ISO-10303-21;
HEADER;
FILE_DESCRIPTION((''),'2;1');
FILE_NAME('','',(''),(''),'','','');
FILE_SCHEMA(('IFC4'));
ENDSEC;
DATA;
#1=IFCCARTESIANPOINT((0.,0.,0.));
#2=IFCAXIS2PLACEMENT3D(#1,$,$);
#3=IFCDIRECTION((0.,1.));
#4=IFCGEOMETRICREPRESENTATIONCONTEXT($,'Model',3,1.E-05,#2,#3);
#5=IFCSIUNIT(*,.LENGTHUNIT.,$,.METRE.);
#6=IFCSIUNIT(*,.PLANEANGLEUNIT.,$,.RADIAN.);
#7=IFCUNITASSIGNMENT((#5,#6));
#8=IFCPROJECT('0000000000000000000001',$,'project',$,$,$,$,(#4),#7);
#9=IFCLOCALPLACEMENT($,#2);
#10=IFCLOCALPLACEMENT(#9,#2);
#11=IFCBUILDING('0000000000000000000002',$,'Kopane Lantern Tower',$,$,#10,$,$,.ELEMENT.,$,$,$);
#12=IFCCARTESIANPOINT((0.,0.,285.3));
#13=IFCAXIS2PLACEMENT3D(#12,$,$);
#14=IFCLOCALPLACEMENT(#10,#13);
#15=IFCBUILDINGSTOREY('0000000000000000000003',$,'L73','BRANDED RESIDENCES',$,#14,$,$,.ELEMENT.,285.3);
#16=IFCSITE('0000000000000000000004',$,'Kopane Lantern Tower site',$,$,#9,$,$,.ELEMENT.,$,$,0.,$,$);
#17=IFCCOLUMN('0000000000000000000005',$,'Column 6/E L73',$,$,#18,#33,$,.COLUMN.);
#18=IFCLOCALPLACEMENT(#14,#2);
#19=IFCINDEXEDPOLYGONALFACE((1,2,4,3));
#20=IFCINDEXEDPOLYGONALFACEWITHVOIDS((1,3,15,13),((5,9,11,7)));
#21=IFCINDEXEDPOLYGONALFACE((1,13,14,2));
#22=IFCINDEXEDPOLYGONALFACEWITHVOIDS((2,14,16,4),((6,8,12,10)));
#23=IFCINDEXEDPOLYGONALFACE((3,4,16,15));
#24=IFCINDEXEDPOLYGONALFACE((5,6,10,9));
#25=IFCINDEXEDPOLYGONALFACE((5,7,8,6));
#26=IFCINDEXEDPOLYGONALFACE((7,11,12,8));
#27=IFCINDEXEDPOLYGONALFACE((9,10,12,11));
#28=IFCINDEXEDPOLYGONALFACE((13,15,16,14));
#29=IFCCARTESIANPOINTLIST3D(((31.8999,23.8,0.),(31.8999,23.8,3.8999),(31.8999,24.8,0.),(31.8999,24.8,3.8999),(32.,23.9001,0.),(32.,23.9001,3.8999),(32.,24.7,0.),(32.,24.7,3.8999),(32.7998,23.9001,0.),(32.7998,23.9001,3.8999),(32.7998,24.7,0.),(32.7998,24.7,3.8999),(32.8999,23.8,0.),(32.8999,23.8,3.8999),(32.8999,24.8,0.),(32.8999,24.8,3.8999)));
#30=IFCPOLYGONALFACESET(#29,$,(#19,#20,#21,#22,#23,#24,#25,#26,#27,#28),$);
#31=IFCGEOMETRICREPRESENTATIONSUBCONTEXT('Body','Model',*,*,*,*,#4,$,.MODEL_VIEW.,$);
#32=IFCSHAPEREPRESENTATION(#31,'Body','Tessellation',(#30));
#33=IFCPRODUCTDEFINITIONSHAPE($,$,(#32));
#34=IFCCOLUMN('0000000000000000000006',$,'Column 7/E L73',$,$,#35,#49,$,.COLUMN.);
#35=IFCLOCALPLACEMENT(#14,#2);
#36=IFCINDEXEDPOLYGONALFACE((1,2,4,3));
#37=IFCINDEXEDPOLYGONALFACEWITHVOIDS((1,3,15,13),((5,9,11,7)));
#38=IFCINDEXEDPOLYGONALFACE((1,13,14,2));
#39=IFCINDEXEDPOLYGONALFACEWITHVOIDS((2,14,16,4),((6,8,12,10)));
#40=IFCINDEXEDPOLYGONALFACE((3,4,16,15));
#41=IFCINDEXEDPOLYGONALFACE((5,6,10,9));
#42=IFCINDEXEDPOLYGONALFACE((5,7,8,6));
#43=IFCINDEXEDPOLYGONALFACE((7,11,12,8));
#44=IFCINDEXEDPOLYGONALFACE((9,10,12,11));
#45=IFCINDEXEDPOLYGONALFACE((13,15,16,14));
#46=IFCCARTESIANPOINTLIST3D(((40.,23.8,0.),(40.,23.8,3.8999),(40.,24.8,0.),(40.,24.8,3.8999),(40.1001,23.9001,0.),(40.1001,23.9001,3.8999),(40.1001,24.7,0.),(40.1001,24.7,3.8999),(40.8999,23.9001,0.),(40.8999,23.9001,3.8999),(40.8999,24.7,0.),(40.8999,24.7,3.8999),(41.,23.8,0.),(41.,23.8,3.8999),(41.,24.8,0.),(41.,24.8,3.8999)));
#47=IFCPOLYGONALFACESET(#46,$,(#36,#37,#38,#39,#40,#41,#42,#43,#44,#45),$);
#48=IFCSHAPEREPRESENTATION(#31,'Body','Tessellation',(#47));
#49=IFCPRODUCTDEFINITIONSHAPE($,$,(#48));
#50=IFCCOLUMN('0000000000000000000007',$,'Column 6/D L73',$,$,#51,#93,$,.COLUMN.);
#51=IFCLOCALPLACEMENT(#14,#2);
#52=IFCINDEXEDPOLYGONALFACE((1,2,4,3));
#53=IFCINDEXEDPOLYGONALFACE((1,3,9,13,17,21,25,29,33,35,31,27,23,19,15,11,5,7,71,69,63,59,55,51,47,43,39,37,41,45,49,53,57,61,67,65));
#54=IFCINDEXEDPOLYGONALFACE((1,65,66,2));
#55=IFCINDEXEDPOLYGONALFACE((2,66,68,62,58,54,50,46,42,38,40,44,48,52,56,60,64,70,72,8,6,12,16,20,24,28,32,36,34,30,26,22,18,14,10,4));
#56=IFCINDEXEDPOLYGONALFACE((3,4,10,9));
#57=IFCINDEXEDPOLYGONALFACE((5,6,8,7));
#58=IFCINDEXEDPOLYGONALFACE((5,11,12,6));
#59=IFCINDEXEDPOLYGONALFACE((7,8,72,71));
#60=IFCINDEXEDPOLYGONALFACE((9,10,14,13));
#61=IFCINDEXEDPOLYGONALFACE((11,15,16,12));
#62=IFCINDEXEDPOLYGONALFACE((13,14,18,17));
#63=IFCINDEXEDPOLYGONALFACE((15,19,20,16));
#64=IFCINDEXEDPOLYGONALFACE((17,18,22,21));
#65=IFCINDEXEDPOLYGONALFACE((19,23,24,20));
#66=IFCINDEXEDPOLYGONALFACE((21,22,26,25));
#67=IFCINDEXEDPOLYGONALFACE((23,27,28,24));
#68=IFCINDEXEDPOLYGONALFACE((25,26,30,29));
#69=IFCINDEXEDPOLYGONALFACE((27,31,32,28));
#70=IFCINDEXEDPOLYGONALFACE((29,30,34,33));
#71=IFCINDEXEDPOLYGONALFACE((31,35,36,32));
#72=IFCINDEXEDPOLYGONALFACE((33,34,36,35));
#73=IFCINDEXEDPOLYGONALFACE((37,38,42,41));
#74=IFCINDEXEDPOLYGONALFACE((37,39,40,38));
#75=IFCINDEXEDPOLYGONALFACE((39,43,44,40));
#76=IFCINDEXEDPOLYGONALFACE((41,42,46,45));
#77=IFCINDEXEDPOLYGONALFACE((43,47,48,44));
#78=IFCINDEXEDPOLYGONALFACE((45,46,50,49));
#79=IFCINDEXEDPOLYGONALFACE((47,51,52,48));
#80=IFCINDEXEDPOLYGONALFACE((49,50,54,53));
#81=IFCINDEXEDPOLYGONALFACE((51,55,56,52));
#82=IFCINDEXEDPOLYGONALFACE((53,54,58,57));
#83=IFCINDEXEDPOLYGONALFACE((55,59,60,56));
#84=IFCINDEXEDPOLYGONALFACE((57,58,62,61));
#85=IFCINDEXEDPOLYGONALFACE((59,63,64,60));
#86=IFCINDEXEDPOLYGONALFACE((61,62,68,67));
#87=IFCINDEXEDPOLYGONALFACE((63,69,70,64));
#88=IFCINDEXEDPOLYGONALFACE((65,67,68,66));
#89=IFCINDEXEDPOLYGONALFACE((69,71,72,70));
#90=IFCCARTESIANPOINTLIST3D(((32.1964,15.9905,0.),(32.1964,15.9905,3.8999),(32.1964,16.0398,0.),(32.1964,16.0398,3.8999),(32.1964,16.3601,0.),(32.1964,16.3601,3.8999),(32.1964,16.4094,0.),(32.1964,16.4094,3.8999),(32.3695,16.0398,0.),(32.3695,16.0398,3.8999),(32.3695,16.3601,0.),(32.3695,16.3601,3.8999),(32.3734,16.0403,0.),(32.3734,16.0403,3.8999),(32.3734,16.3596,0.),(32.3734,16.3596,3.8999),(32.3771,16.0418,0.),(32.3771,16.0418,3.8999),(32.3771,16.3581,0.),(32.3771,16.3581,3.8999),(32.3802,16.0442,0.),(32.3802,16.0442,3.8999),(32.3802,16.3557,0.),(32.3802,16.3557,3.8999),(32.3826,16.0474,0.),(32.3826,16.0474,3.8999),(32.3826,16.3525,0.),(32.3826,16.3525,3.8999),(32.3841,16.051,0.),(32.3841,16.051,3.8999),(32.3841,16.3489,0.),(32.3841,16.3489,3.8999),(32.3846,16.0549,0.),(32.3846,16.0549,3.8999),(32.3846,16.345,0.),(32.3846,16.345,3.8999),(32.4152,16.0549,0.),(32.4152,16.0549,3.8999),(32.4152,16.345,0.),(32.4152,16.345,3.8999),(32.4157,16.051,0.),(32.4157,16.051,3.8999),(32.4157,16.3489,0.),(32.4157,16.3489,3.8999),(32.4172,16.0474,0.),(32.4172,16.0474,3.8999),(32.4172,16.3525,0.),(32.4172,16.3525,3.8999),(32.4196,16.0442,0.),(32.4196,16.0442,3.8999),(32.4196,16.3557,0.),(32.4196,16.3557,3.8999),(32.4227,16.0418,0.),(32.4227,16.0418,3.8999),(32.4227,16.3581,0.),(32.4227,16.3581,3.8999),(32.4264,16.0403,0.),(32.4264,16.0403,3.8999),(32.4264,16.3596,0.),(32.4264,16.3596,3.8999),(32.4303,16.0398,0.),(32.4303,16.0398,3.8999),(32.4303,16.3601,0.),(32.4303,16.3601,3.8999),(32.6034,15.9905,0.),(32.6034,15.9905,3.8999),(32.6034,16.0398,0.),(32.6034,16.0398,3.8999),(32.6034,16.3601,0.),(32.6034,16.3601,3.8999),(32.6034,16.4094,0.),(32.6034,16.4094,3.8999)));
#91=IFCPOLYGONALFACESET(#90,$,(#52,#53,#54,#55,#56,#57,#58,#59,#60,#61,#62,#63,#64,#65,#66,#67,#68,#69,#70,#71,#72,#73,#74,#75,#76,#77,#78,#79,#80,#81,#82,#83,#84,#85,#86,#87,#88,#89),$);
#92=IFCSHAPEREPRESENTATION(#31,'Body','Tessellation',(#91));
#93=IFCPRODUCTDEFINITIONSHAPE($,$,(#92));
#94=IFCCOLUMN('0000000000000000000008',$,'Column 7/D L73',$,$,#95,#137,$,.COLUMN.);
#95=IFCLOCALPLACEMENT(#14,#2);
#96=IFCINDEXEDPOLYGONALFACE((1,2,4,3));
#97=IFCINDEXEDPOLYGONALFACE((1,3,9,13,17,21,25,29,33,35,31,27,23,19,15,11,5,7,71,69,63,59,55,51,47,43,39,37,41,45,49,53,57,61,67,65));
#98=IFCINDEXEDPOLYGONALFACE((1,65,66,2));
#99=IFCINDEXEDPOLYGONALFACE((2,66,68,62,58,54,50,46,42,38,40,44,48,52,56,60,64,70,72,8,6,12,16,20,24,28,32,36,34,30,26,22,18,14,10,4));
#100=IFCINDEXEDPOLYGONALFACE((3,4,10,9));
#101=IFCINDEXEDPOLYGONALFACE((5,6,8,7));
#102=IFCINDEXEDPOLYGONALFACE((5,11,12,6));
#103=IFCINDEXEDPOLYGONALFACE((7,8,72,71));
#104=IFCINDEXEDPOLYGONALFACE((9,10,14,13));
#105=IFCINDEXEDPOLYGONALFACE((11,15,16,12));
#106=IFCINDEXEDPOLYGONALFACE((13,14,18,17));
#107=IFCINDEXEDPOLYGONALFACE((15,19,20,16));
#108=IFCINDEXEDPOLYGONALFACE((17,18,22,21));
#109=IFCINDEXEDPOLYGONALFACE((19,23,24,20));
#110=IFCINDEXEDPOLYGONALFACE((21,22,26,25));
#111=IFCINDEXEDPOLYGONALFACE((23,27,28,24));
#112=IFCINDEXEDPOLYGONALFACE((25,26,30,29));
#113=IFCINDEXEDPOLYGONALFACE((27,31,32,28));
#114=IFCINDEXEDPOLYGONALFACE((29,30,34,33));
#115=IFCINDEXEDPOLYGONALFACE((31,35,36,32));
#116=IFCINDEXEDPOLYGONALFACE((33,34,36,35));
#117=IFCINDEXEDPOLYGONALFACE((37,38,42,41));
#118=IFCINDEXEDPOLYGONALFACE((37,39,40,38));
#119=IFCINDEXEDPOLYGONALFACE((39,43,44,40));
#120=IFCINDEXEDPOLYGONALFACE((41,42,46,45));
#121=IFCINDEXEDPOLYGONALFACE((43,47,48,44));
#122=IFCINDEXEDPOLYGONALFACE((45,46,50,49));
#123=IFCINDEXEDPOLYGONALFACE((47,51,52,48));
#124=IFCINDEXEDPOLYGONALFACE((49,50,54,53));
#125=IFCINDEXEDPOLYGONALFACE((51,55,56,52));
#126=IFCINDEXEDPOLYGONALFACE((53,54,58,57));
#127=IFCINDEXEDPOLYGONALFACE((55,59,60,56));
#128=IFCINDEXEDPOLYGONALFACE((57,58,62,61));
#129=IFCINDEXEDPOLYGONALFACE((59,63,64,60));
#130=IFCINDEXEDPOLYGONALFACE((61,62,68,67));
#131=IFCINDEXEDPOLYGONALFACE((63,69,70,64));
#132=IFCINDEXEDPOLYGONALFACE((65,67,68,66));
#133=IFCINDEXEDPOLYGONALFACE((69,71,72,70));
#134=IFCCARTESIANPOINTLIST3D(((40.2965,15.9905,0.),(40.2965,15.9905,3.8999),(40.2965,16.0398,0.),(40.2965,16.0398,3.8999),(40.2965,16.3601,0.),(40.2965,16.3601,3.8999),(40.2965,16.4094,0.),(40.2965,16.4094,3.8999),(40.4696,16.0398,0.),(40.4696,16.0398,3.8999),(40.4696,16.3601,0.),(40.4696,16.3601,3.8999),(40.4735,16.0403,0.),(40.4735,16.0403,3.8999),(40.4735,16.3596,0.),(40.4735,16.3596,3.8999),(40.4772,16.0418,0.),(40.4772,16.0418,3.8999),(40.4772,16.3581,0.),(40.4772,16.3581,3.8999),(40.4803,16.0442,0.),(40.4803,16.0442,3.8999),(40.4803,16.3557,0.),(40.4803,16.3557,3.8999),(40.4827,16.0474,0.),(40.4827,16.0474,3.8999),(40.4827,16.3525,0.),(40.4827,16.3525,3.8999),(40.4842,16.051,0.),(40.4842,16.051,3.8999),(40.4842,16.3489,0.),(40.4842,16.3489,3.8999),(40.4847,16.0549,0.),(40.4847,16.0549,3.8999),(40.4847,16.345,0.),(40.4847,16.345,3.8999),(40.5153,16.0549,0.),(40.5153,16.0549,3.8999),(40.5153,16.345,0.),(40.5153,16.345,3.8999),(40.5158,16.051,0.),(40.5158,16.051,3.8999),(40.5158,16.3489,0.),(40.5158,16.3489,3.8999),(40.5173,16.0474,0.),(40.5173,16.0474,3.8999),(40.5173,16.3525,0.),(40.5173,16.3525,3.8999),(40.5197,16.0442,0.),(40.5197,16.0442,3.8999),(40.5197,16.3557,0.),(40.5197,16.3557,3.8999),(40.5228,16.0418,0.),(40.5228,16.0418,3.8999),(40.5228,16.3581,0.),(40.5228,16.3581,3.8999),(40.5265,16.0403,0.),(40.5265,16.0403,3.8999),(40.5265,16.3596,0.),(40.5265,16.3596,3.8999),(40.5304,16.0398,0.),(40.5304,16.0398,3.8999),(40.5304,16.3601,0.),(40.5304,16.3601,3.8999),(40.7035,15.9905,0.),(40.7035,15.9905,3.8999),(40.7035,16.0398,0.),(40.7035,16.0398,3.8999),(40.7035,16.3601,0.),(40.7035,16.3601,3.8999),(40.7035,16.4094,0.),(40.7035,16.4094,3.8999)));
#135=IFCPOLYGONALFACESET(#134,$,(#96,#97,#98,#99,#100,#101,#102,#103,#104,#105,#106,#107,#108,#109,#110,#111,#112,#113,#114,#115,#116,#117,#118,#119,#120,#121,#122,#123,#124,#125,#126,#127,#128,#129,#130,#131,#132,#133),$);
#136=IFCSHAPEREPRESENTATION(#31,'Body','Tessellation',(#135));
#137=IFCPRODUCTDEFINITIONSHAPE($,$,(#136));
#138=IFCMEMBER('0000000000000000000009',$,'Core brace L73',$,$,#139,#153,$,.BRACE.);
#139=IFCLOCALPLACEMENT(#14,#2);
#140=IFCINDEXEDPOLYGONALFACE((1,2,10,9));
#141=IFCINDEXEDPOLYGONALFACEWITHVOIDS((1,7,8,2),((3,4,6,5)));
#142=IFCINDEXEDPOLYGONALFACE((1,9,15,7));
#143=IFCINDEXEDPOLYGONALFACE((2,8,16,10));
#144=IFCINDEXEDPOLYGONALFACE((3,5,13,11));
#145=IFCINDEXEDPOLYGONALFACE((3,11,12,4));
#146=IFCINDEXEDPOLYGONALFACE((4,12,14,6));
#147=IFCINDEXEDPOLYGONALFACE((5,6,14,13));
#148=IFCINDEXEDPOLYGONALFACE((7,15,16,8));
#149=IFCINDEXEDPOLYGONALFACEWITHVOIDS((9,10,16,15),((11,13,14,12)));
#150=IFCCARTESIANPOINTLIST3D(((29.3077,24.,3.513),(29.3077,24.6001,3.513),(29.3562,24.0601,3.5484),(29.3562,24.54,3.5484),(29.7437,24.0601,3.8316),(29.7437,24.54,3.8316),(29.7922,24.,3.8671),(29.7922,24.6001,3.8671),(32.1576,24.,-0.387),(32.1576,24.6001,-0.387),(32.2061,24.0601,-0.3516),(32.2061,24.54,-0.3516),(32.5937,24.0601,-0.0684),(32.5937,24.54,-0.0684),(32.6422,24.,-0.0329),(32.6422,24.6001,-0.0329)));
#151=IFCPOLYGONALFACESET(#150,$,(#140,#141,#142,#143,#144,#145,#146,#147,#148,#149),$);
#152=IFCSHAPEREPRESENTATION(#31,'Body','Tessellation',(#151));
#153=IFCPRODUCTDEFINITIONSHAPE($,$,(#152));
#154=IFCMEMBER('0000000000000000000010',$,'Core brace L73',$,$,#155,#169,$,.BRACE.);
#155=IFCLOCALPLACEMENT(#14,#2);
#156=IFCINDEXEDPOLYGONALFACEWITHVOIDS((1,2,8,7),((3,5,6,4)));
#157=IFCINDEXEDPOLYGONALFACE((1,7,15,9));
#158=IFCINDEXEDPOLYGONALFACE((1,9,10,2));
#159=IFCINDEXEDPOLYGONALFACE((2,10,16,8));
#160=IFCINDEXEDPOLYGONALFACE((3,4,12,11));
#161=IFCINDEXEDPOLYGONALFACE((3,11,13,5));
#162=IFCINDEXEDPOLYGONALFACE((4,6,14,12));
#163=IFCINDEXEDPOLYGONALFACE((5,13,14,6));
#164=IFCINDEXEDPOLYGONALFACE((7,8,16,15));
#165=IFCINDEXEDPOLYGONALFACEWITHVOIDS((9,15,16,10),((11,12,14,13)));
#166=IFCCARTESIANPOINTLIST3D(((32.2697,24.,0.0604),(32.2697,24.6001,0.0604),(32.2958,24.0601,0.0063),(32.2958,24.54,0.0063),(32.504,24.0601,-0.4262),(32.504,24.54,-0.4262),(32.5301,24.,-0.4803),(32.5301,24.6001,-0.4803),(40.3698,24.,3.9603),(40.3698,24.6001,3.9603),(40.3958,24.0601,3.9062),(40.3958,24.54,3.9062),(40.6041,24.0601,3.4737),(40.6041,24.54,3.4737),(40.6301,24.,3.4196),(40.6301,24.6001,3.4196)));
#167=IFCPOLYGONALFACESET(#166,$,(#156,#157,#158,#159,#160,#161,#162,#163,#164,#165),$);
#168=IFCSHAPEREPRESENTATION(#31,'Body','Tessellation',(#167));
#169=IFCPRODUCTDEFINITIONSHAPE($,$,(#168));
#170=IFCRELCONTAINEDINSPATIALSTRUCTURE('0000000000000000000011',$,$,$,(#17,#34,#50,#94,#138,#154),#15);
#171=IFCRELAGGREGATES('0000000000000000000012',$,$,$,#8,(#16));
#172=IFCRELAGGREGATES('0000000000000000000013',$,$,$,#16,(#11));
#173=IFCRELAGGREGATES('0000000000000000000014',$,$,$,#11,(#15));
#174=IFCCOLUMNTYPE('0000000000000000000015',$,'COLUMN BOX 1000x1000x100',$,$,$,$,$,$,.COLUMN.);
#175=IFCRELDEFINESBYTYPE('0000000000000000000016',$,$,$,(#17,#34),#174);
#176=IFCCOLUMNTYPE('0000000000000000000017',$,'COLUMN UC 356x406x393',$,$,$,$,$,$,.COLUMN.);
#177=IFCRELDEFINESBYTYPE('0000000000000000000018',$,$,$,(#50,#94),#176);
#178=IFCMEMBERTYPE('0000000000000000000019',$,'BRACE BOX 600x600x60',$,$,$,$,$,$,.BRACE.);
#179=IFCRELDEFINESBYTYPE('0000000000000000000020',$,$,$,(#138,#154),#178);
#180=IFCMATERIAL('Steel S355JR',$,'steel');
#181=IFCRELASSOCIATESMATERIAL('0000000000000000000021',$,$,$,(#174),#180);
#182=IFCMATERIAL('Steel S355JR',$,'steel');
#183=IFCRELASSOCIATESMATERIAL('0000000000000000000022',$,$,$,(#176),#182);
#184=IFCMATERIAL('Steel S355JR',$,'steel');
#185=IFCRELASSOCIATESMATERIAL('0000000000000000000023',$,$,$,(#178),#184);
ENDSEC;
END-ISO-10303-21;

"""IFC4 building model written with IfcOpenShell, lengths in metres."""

from ifc_helpers import new_model, si_unit, direction, frame, origin, origin_2d, place, context, subcontext, project, spatial, hollow_rectangle, i_section, extrude, material, material_profile, profile_set, type_object, element, save


model = new_model("IFC4")

# Units and contexts
model_context = context("Model", 3, precision=1e-05, world=origin(), true_north=direction((0.0, 1.0)))
body_context = subcontext(model_context, "Body", "Model", "MODEL_VIEW")
ifc_project = project(units=[si_unit("LENGTHUNIT", "METRE"), si_unit("PLANEANGLEUNIT", "RADIAN")], contexts=[model_context])

# Site, building, storey
site_placement = place(None, origin())
site = spatial("IfcSite", under=ifc_project, at=site_placement, Name="Kopane Lantern Tower site", CompositionType="ELEMENT", RefElevation=0.0)
building_placement = place(site_placement, origin())
building = spatial("IfcBuilding", under=site, at=building_placement, Name="Kopane Lantern Tower", CompositionType="ELEMENT")
storey_placement = place(building_placement, frame((0.0, 0.0, 285.3)))
storey = spatial("IfcBuildingStorey", under=building, at=storey_placement, Name="L73", Description="BRANDED RESIDENCES", CompositionType="ELEMENT", Elevation=285.3)

# Columns
ifc_material_1 = material(Name="Steel S355JR", Category="steel")
ifc_material_profile_1 = material_profile(ifc_material_1, hollow_rectangle(XDim=1.0, YDim=1.0, WallThickness=0.1001, at=origin_2d()), Name="BOX 1000x1000x100")
ifc_profile_set_1 = profile_set([ifc_material_profile_1], Name="Steel S355JR")
column_type_1 = type_object("IfcColumnType", Name="COLUMN BOX 1000x1000x100", PredefinedType="COLUMN", material=ifc_profile_set_1)
for number, where, z_axis, x_axis, name in (
    (1, (32.3999, 24.3, 0.0), (0.0, 0.0, 1.0), (1.0, 0.0, 0.0), "Column 6/E L73"),
    (2, (40.5, 24.3, 0.0), (0.0, 0.0, 1.0), (1.0, 0.0, 0.0), "Column 7/E L73"),
):
    element("IfcColumn", number, at=place(storey_placement, frame(where, z_axis=z_axis, x_axis=x_axis)), inside=storey, type_object=column_type_1, Name=name, PredefinedType="COLUMN", context=body_context, shape_type="SweptSolid", body=[
        extrude(hollow_rectangle(XDim=1.0, YDim=1.0, WallThickness=0.1001, at=origin_2d()), origin(), (0.0, 0.0, 1.0), 3.8999),
    ])
ifc_material_2 = material(Name="Steel S355JR", Category="steel")
ifc_material_profile_2 = material_profile(ifc_material_2, i_section(OverallWidth=0.407, OverallDepth=0.4189, WebThickness=0.0305, FlangeThickness=0.0493, FilletRadius=0.0151, at=origin_2d()), Name="UC 356x406x393")
ifc_profile_set_2 = profile_set([ifc_material_profile_2], Name="Steel S355JR")
column_type_2 = type_object("IfcColumnType", Name="COLUMN UC 356x406x393", PredefinedType="COLUMN", material=ifc_profile_set_2)
for number, where, z_axis, x_axis, name in (
    (3, (32.3999, 16.2, 0.0), (0.0, 0.0, 1.0), (1.0, 0.0, 0.0), "Column 6/D L73"),
    (4, (40.5, 16.2, 0.0), (0.0, 0.0, 1.0), (1.0, 0.0, 0.0), "Column 7/D L73"),
):
    element("IfcColumn", number, at=place(storey_placement, frame(where, z_axis=z_axis, x_axis=x_axis)), inside=storey, type_object=column_type_2, Name=name, PredefinedType="COLUMN", context=body_context, shape_type="SweptSolid", body=[
        extrude(i_section(OverallWidth=0.407, OverallDepth=0.4189, WebThickness=0.0305, FlangeThickness=0.0493, FilletRadius=0.0151, at=origin_2d()), origin(), (0.0, 0.0, 1.0), 3.8999),
    ])

# Members
ifc_material_3 = material(Name="Steel S355JR", Category="steel")
ifc_material_profile_3 = material_profile(ifc_material_3, hollow_rectangle(XDim=0.6001, YDim=0.6001, WallThickness=0.0601, at=origin_2d()), Name="BOX 600x600x60")
ifc_profile_set_3 = profile_set([ifc_material_profile_3], Name="Steel S355JR")
member_type = type_object("IfcMemberType", Name="BRACE BOX 600x600x60", PredefinedType="BRACE", material=ifc_profile_set_3)
member_1_placement = place(storey_placement, frame((32.3999, 24.3, -0.21), z_axis=(-0.590006, 0.0, 0.807399), x_axis=(0.0, -1.0, 0.0)))
element("IfcMember", 5, at=member_1_placement, inside=storey, type_object=member_type, Name="Core brace L73", PredefinedType="BRACE", context=body_context, shape_type="SweptSolid", body=[
    extrude(hollow_rectangle(XDim=0.6001, YDim=0.6001, WallThickness=0.0601, at=origin_2d()), origin(), (0.0, 0.0, 1.0), 4.8303),
])
member_2_placement = place(storey_placement, frame((32.3999, 24.3, -0.21), z_axis=(0.901008, 0.0, 0.433803), x_axis=(0.0, 1.0, 0.0)))
element("IfcMember", 6, at=member_2_placement, inside=storey, type_object=member_type, Name="Core brace L73", PredefinedType="BRACE", context=body_context, shape_type="SweptSolid", body=[
    extrude(hollow_rectangle(XDim=0.6001, YDim=0.6001, WallThickness=0.0601, at=origin_2d()), origin(), (0.0, 0.0, 1.0), 8.99),
])

save(model, "model.ifc")
